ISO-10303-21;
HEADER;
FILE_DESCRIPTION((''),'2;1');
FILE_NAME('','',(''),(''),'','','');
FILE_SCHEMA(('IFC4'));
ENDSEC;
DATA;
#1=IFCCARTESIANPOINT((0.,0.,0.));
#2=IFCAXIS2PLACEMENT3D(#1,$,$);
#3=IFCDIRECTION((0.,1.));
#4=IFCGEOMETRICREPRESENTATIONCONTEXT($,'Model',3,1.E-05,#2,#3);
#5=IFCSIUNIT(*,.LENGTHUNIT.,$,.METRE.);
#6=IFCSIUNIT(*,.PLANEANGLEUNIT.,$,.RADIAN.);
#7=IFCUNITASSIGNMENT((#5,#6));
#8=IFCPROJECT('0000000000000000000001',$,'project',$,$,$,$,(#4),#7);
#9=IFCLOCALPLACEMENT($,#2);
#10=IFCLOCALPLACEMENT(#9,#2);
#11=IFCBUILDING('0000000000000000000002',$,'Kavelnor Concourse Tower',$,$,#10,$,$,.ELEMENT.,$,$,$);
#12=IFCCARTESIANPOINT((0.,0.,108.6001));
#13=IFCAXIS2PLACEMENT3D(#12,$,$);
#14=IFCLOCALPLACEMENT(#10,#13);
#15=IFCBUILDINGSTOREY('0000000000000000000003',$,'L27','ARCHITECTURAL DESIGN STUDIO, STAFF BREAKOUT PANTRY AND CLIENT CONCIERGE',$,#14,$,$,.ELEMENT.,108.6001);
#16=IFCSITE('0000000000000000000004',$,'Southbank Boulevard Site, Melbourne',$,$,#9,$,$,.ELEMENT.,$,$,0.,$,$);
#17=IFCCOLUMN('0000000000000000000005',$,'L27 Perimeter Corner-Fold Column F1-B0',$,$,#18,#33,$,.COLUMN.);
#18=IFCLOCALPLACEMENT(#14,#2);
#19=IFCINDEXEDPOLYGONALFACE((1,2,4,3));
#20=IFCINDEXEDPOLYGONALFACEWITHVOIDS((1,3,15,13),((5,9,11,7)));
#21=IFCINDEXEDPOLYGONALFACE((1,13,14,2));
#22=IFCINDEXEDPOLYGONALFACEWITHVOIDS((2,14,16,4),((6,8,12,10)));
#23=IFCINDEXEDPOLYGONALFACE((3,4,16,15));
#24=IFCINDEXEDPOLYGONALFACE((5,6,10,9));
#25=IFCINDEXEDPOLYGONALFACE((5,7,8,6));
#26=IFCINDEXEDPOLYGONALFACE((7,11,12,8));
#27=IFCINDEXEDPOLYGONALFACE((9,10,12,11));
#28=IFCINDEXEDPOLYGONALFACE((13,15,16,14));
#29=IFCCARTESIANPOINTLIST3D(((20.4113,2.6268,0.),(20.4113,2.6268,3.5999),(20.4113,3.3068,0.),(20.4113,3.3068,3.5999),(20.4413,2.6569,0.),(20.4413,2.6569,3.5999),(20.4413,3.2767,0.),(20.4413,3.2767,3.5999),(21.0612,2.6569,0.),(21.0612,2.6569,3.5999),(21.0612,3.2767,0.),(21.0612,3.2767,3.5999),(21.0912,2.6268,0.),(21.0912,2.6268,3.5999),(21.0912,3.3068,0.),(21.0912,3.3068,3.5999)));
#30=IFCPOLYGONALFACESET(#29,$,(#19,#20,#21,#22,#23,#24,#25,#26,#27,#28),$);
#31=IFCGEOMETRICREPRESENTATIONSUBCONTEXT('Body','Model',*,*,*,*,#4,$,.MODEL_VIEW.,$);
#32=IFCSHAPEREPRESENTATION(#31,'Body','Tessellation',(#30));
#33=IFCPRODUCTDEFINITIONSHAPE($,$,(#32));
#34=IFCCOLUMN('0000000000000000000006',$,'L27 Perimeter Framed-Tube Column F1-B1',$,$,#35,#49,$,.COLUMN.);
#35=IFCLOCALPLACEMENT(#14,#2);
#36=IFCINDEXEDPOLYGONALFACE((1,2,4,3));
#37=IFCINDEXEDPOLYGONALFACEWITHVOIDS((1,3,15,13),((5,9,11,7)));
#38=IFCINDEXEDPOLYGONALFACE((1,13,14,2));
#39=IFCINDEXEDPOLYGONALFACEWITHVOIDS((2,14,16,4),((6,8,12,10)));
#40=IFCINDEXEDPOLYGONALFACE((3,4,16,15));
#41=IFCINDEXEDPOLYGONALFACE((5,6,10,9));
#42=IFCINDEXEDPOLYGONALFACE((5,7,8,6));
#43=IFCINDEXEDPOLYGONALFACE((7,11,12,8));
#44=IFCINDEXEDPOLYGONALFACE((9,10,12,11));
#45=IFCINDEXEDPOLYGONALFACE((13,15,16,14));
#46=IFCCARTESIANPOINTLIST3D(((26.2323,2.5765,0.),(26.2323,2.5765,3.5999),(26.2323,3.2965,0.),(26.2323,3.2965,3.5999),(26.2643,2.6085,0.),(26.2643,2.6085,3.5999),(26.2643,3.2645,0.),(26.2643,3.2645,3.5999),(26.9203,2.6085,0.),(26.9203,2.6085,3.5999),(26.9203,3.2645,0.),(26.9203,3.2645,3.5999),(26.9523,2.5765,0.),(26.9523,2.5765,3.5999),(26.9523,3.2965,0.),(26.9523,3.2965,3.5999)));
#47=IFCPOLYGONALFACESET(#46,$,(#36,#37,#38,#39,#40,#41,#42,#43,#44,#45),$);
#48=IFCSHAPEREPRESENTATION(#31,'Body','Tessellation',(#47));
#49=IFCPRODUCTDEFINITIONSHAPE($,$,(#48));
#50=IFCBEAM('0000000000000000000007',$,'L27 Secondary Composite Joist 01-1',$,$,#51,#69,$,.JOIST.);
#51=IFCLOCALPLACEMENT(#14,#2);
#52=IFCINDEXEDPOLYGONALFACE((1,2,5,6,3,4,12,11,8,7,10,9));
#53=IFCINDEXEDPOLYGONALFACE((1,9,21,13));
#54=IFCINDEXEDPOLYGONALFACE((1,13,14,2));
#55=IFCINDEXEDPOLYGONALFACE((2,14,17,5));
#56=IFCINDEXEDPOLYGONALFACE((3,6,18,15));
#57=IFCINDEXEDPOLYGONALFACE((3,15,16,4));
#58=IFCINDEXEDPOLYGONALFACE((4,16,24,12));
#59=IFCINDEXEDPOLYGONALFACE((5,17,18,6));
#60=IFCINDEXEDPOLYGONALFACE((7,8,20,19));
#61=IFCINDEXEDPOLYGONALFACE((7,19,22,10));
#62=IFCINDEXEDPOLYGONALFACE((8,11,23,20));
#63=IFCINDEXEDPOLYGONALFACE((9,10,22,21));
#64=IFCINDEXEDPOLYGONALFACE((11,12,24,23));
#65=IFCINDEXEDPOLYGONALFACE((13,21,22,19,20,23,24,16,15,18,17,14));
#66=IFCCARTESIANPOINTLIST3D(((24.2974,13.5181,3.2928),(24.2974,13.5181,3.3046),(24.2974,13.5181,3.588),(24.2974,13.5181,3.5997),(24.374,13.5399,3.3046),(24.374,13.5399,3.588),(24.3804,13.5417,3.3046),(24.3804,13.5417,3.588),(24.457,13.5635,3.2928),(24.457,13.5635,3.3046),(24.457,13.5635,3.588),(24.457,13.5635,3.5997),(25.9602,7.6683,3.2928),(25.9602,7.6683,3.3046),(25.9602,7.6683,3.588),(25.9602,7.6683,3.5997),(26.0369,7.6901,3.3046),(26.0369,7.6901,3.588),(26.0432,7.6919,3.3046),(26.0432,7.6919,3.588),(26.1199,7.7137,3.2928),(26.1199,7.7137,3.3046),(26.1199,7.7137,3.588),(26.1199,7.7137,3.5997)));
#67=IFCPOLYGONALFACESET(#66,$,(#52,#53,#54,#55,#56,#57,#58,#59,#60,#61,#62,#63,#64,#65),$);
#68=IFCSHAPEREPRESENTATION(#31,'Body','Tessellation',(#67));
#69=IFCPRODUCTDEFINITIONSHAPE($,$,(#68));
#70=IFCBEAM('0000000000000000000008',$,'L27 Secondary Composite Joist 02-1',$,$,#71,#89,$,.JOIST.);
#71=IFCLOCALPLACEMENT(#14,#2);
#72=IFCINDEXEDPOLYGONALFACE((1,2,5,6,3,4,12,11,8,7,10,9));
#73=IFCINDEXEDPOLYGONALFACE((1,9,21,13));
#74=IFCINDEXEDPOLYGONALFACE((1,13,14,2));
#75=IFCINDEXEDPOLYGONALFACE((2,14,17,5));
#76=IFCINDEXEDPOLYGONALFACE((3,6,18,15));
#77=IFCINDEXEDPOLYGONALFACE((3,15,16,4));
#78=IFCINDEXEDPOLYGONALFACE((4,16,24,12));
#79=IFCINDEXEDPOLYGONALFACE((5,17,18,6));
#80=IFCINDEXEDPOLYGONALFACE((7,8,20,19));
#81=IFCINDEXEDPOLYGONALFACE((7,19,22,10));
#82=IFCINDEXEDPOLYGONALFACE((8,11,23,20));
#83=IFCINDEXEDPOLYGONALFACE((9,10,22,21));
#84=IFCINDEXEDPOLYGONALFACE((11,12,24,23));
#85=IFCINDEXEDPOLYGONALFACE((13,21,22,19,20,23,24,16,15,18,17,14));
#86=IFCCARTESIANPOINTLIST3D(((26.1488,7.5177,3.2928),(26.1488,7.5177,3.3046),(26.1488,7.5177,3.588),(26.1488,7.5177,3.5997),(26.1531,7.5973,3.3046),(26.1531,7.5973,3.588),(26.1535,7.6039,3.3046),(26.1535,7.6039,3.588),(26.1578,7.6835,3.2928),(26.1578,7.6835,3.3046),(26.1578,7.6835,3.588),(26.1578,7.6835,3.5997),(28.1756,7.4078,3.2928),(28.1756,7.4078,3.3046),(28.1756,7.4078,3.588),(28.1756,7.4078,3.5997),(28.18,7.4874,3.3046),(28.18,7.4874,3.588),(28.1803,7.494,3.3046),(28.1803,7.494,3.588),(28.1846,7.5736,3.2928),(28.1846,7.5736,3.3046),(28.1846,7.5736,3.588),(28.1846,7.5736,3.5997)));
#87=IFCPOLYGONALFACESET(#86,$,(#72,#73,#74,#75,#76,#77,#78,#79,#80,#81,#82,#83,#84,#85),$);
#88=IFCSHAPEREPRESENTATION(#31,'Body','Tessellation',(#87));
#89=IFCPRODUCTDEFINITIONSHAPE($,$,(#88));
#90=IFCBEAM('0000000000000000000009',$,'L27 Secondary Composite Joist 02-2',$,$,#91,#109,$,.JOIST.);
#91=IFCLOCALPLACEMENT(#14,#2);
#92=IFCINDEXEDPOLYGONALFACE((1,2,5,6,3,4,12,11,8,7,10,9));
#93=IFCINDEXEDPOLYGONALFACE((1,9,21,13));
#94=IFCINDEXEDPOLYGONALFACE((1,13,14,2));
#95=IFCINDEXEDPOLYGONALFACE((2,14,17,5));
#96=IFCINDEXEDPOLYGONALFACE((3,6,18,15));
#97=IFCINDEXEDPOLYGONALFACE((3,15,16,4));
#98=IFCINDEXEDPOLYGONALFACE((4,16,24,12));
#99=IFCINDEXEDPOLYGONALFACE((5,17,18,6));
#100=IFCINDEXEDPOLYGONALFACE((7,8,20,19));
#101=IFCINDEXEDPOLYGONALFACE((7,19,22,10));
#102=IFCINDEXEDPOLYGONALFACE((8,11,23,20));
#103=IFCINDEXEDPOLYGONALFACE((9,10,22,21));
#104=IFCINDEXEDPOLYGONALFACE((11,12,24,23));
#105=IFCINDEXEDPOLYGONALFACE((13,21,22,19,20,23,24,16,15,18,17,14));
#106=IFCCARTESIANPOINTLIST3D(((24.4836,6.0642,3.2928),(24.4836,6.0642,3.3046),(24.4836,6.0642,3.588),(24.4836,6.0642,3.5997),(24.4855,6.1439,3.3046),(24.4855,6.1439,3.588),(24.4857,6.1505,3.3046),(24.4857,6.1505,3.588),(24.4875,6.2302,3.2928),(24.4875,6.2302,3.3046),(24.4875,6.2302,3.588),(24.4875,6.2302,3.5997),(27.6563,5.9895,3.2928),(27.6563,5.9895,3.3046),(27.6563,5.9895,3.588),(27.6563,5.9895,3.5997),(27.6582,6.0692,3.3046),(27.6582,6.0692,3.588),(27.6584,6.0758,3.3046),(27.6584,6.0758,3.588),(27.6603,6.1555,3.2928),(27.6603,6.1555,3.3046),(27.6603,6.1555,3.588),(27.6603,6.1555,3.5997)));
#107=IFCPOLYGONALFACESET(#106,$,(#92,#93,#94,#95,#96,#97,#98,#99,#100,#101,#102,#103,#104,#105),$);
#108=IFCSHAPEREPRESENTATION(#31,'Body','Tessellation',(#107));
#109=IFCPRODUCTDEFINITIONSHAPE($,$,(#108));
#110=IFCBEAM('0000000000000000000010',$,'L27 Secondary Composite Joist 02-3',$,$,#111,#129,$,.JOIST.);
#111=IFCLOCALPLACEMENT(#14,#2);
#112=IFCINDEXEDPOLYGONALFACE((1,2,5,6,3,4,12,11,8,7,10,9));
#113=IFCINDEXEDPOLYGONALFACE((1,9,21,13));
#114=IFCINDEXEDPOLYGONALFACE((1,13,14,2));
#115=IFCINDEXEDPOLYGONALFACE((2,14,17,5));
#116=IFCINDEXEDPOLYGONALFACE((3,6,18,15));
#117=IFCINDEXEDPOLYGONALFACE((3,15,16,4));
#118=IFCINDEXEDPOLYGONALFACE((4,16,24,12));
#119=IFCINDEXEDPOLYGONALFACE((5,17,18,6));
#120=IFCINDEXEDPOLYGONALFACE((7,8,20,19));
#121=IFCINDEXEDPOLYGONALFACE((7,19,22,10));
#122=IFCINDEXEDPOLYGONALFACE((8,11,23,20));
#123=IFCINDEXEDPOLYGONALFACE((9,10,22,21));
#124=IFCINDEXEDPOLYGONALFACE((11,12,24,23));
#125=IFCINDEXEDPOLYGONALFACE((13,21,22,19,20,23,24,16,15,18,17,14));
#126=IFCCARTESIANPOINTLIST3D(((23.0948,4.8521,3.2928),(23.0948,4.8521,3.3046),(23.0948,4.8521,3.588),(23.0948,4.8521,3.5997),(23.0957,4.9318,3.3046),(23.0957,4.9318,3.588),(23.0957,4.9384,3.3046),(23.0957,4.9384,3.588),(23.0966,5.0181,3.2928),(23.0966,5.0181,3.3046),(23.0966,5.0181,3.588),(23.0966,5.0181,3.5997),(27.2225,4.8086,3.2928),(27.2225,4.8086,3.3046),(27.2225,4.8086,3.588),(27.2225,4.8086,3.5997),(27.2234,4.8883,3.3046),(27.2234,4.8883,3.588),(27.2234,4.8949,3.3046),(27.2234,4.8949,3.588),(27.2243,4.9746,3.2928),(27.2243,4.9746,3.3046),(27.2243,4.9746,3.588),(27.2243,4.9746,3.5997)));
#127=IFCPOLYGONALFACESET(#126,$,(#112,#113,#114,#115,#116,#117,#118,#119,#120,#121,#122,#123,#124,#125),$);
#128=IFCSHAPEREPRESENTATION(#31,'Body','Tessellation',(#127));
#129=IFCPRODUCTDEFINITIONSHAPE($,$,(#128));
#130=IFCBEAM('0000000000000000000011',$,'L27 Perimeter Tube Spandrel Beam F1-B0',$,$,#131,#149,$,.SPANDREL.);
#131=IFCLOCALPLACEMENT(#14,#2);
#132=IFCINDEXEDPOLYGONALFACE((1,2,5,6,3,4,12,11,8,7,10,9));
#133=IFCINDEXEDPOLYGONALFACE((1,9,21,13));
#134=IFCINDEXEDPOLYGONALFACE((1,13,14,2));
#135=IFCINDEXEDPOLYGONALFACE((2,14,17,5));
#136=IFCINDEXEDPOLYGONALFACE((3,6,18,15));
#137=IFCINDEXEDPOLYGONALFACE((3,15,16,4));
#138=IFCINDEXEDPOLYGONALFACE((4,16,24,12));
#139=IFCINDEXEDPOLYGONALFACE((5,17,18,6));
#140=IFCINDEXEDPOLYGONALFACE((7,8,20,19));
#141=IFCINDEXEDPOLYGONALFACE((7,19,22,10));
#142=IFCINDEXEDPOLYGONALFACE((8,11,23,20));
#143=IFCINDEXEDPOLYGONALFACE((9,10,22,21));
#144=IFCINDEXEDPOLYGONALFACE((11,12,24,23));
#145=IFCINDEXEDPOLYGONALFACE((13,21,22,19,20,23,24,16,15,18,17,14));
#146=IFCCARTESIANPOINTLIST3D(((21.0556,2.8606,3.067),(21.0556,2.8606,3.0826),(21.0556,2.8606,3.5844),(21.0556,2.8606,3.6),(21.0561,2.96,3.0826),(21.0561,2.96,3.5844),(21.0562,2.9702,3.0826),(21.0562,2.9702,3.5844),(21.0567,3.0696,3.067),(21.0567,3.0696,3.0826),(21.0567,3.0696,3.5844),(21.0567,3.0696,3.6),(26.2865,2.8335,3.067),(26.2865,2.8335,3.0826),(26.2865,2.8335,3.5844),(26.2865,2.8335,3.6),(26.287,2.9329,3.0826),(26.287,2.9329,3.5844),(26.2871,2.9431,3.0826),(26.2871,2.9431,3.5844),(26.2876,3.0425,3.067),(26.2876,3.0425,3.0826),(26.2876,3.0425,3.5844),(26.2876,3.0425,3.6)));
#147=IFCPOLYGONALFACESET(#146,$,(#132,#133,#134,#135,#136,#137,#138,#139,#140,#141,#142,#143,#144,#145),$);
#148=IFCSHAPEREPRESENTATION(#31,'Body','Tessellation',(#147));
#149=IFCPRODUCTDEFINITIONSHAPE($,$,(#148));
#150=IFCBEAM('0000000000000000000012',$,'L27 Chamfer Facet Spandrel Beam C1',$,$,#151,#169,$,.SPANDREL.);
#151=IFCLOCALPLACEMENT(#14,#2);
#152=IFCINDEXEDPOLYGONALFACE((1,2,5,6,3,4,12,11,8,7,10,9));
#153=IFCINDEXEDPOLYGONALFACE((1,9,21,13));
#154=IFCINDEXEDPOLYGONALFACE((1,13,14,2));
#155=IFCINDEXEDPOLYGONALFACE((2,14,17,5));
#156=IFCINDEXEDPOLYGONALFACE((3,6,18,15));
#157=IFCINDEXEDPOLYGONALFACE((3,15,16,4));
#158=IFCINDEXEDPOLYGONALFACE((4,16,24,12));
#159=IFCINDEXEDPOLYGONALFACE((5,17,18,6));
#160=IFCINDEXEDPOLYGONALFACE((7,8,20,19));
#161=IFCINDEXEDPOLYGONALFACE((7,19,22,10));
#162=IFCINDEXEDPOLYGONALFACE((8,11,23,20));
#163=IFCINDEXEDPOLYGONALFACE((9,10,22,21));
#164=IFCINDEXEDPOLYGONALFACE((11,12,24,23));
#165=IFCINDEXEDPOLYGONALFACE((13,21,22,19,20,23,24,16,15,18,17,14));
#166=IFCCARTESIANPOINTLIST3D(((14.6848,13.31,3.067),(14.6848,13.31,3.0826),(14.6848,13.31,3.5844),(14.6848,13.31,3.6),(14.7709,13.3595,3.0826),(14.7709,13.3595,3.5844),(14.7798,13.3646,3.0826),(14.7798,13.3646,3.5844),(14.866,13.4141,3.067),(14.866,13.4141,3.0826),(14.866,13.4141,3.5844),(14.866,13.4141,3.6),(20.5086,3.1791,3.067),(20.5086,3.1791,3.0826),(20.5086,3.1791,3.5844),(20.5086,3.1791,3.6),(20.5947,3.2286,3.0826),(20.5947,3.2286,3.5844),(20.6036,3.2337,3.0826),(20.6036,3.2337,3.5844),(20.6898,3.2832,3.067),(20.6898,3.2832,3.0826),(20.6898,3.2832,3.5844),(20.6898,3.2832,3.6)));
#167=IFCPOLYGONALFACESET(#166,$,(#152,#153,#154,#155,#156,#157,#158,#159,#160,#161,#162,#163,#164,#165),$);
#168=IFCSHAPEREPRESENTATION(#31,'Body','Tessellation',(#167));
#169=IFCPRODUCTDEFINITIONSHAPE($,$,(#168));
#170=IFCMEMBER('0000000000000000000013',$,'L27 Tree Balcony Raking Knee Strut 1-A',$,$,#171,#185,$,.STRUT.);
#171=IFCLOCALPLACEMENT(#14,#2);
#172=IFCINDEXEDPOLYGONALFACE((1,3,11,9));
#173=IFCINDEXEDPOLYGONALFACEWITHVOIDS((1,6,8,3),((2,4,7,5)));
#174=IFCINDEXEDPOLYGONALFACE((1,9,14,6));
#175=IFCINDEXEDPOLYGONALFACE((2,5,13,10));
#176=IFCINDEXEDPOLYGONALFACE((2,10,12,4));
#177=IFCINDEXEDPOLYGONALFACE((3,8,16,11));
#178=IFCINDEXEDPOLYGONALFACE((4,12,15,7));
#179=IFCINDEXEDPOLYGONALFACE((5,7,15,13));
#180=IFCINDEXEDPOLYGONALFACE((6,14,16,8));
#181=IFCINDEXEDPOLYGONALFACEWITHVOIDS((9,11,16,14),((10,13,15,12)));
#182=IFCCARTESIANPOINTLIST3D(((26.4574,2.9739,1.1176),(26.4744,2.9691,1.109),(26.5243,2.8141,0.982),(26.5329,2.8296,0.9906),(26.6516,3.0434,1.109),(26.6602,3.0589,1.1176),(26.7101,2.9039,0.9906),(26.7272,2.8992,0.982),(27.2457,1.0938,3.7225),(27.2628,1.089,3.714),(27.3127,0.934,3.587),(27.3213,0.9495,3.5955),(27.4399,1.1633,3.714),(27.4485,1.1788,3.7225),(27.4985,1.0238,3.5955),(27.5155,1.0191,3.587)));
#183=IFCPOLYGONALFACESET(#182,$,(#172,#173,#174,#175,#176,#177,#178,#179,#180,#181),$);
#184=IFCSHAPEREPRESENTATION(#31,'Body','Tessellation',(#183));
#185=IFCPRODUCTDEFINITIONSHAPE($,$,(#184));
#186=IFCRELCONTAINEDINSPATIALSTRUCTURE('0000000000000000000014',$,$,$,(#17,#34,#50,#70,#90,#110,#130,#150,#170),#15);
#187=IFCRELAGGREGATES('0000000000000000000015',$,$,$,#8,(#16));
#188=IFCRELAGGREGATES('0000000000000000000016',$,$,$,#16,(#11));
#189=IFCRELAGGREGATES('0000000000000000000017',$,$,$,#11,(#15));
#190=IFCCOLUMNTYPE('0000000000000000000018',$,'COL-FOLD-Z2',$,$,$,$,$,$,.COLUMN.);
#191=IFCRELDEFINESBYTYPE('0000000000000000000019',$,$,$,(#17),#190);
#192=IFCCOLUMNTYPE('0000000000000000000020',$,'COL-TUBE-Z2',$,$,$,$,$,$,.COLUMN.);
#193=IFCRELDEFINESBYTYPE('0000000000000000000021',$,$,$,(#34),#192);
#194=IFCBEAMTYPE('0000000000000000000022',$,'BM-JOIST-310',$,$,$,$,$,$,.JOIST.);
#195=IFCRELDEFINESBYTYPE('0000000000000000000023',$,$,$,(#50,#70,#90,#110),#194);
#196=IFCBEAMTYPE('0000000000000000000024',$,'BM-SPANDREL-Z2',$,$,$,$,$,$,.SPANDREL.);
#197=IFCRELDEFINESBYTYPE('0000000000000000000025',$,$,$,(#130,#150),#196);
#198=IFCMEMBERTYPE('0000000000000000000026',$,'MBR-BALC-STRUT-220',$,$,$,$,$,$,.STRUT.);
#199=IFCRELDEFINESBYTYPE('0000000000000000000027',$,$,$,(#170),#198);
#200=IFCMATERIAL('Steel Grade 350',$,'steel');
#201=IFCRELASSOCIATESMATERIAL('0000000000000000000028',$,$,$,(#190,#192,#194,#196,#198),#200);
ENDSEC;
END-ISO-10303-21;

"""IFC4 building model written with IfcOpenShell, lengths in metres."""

from ifc_helpers import new_model, si_unit, direction, frame, origin, origin_2d, place, context, subcontext, project, spatial, hollow_rectangle, i_section, extrude, material, material_profile, profile_set, type_object, element, save


model = new_model("IFC4")

# Units and contexts
model_context = context("Model", 3, precision=1e-05, world=origin(), true_north=direction((0.0, 1.0)))
body_context = subcontext(model_context, "Body", "Model", "MODEL_VIEW")
ifc_project = project(units=[si_unit("LENGTHUNIT", "METRE"), si_unit("PLANEANGLEUNIT", "RADIAN")], contexts=[model_context])

# Site, building, storey
site_placement = place(None, origin())
site = spatial("IfcSite", under=ifc_project, at=site_placement, Name="Southbank Boulevard Site, Melbourne", CompositionType="ELEMENT", RefElevation=0.0)
building_placement = place(site_placement, origin())
building = spatial("IfcBuilding", under=site, at=building_placement, Name="Kavelnor Concourse Tower", CompositionType="ELEMENT")
storey_placement = place(building_placement, frame((0.0, 0.0, 108.6001)))
storey = spatial("IfcBuildingStorey", under=building, at=storey_placement, Name="L27", Description="ARCHITECTURAL DESIGN STUDIO, STAFF BREAKOUT PANTRY AND CLIENT CONCIERGE", CompositionType="ELEMENT", Elevation=108.6001)

# Columns
ifc_material_1 = material(Name="Steel Grade 350", Category="steel")
ifc_material_profile_1 = material_profile(ifc_material_1, hollow_rectangle(XDim=0.6799, YDim=0.6799, WallThickness=0.03, at=origin_2d()), Name="SHS 680x680x30")
ifc_profile_set_1 = profile_set([ifc_material_profile_1], Name="Steel Grade 350")
column_type_1 = type_object("IfcColumnType", Name="COL-FOLD-Z2", PredefinedType="COLUMN", material=ifc_profile_set_1)
column_1_placement = place(storey_placement, frame((20.7512, 2.9668, 0.0), z_axis=(0.0, 0.0, 1.0), x_axis=(1.0, 0.0, 0.0)))
element("IfcColumn", 1, at=column_1_placement, inside=storey, type_object=column_type_1, Name="L27 Perimeter Corner-Fold Column F1-B0", PredefinedType="COLUMN", context=body_context, shape_type="SweptSolid", body=[
    extrude(hollow_rectangle(XDim=0.6799, YDim=0.6799, WallThickness=0.03, at=origin_2d()), origin(), (0.0, 0.0, 1.0), 3.5999),
])
ifc_material_profile_2 = material_profile(ifc_material_1, hollow_rectangle(XDim=0.72, YDim=0.72, WallThickness=0.032, at=origin_2d()), Name="SHS 720x720x32")
ifc_profile_set_2 = profile_set([ifc_material_profile_2], Name="Steel Grade 350")
column_type_2 = type_object("IfcColumnType", Name="COL-TUBE-Z2", PredefinedType="COLUMN", material=ifc_profile_set_2)
column_2_placement = place(storey_placement, frame((26.5923, 2.9365, 0.0), z_axis=(0.0, 0.0, 1.0), x_axis=(1.0, 0.0, 0.0)))
element("IfcColumn", 2, at=column_2_placement, inside=storey, type_object=column_type_2, Name="L27 Perimeter Framed-Tube Column F1-B1", PredefinedType="COLUMN", context=body_context, shape_type="SweptSolid", body=[
    extrude(hollow_rectangle(XDim=0.72, YDim=0.72, WallThickness=0.032, at=origin_2d()), origin(), (0.0, 0.0, 1.0), 3.5999),
])

# Beams
ifc_material_profile_3 = material_profile(ifc_material_1, i_section(OverallWidth=0.166, OverallDepth=0.3069, WebThickness=0.0066, FlangeThickness=0.0117, at=origin_2d()), Name="310UB46")
ifc_profile_set_3 = profile_set([ifc_material_profile_3], Name="Steel Grade 350")
beam_type_1 = type_object("IfcBeamType", Name="BM-JOIST-310", PredefinedType="JOIST", material=ifc_profile_set_3)
beam_1_placement = place(storey_placement, frame((24.3772, 13.5408, 3.4463), z_axis=(0.273422, -0.961894, 0.0), x_axis=(0.961894, 0.273422, 0.0)))
element("IfcBeam", 3, at=beam_1_placement, inside=storey, type_object=beam_type_1, Name="L27 Secondary Composite Joist 01-1", PredefinedType="JOIST", context=body_context, shape_type="SweptSolid", body=[
    extrude(i_section(OverallWidth=0.166, OverallDepth=0.3069, WebThickness=0.0066, FlangeThickness=0.0117, at=origin_2d()), origin(), (0.0, 0.0, 1.0), 6.0815),
])
beam_2_placement = place(storey_placement, frame((26.1533, 7.6006, 3.4463), z_axis=(0.998534, -0.054124, 0.0), x_axis=(0.054124, 0.998534, 0.0)))
element("IfcBeam", 4, at=beam_2_placement, inside=storey, type_object=beam_type_1, Name="L27 Secondary Composite Joist 02-1", PredefinedType="JOIST", context=body_context, shape_type="SweptSolid", body=[
    extrude(i_section(OverallWidth=0.166, OverallDepth=0.3069, WebThickness=0.0066, FlangeThickness=0.0117, at=origin_2d()), origin(), (0.0, 0.0, 1.0), 2.0298),
])
beam_3_placement = place(storey_placement, frame((24.4856, 6.1472, 3.4463), z_axis=(0.999723, -0.023541, 0.0), x_axis=(0.023541, 0.999723, 0.0)))
element("IfcBeam", 5, at=beam_3_placement, inside=storey, type_object=beam_type_1, Name="L27 Secondary Composite Joist 02-2", PredefinedType="JOIST", context=body_context, shape_type="SweptSolid", body=[
    extrude(i_section(OverallWidth=0.166, OverallDepth=0.3069, WebThickness=0.0066, FlangeThickness=0.0117, at=origin_2d()), origin(), (0.0, 0.0, 1.0), 3.1736),
])
beam_4_placement = place(storey_placement, frame((23.0957, 4.9351, 3.4463), z_axis=(0.999945, -0.010528, 0.0), x_axis=(0.010528, 0.999945, 0.0)))
element("IfcBeam", 6, at=beam_4_placement, inside=storey, type_object=beam_type_1, Name="L27 Secondary Composite Joist 02-3", PredefinedType="JOIST", context=body_context, shape_type="SweptSolid", body=[
    extrude(i_section(OverallWidth=0.166, OverallDepth=0.3069, WebThickness=0.0066, FlangeThickness=0.0117, at=origin_2d()), origin(), (0.0, 0.0, 1.0), 4.1279),
])
ifc_material_profile_4 = material_profile(ifc_material_1, i_section(OverallWidth=0.209, OverallDepth=0.533, WebThickness=0.0103, FlangeThickness=0.0156, at=origin_2d()), Name="530UB92")
ifc_profile_set_4 = profile_set([ifc_material_profile_4], Name="Steel Grade 350")
beam_type_2 = type_object("IfcBeamType", Name="BM-SPANDREL-Z2", PredefinedType="SPANDREL", material=ifc_profile_set_4)
beam_5_placement = place(storey_placement, frame((21.0562, 2.9651, 3.3335), z_axis=(0.999987, -0.005181, 0.0), x_axis=(0.005181, 0.999987, 0.0)))
element("IfcBeam", 7, at=beam_5_placement, inside=storey, type_object=beam_type_2, Name="L27 Perimeter Tube Spandrel Beam F1-B0", PredefinedType="SPANDREL", context=body_context, shape_type="SweptSolid", body=[
    extrude(i_section(OverallWidth=0.209, OverallDepth=0.533, WebThickness=0.0103, FlangeThickness=0.0156, at=origin_2d()), origin(), (0.0, 0.0, 1.0), 5.231),
])
beam_6_placement = place(storey_placement, frame((14.7754, 13.3621, 3.3335), z_axis=(0.498374, -0.866962, 0.0), x_axis=(0.866962, 0.498374, 0.0)))
element("IfcBeam", 8, at=beam_6_placement, inside=storey, type_object=beam_type_2, Name="L27 Chamfer Facet Spandrel Beam C1", PredefinedType="SPANDREL", context=body_context, shape_type="SweptSolid", body=[
    extrude(i_section(OverallWidth=0.209, OverallDepth=0.533, WebThickness=0.0103, FlangeThickness=0.0156, at=origin_2d()), origin(), (0.0, 0.0, 1.0), 11.6855),
])

# Member
ifc_material_profile_5 = material_profile(ifc_material_1, hollow_rectangle(XDim=0.22, YDim=0.22, WallThickness=0.0139, at=origin_2d()), Name="SHS 220x220x14")
ifc_profile_set_5 = profile_set([ifc_material_profile_5], Name="Steel Grade 350")
member_type = type_object("IfcMemberType", Name="MBR-BALC-STRUT-220", PredefinedType="STRUT", material=ifc_profile_set_5)
member_placement = place(storey_placement, frame((26.5923, 2.9365, 1.0498), z_axis=(0.238317, -0.568373, 0.787501), x_axis=(0.922214, 0.386681, 0.0)))
element("IfcMember", 9, at=member_placement, inside=storey, type_object=member_type, Name="L27 Tree Balcony Raking Knee Strut 1-A", PredefinedType="STRUT", context=body_context, shape_type="SweptSolid", body=[
    extrude(hollow_rectangle(XDim=0.22, YDim=0.22, WallThickness=0.0139, at=origin_2d()), origin(), (0.0, 0.0, 1.0), 3.3079),
])

save(model, "model.ifc")
